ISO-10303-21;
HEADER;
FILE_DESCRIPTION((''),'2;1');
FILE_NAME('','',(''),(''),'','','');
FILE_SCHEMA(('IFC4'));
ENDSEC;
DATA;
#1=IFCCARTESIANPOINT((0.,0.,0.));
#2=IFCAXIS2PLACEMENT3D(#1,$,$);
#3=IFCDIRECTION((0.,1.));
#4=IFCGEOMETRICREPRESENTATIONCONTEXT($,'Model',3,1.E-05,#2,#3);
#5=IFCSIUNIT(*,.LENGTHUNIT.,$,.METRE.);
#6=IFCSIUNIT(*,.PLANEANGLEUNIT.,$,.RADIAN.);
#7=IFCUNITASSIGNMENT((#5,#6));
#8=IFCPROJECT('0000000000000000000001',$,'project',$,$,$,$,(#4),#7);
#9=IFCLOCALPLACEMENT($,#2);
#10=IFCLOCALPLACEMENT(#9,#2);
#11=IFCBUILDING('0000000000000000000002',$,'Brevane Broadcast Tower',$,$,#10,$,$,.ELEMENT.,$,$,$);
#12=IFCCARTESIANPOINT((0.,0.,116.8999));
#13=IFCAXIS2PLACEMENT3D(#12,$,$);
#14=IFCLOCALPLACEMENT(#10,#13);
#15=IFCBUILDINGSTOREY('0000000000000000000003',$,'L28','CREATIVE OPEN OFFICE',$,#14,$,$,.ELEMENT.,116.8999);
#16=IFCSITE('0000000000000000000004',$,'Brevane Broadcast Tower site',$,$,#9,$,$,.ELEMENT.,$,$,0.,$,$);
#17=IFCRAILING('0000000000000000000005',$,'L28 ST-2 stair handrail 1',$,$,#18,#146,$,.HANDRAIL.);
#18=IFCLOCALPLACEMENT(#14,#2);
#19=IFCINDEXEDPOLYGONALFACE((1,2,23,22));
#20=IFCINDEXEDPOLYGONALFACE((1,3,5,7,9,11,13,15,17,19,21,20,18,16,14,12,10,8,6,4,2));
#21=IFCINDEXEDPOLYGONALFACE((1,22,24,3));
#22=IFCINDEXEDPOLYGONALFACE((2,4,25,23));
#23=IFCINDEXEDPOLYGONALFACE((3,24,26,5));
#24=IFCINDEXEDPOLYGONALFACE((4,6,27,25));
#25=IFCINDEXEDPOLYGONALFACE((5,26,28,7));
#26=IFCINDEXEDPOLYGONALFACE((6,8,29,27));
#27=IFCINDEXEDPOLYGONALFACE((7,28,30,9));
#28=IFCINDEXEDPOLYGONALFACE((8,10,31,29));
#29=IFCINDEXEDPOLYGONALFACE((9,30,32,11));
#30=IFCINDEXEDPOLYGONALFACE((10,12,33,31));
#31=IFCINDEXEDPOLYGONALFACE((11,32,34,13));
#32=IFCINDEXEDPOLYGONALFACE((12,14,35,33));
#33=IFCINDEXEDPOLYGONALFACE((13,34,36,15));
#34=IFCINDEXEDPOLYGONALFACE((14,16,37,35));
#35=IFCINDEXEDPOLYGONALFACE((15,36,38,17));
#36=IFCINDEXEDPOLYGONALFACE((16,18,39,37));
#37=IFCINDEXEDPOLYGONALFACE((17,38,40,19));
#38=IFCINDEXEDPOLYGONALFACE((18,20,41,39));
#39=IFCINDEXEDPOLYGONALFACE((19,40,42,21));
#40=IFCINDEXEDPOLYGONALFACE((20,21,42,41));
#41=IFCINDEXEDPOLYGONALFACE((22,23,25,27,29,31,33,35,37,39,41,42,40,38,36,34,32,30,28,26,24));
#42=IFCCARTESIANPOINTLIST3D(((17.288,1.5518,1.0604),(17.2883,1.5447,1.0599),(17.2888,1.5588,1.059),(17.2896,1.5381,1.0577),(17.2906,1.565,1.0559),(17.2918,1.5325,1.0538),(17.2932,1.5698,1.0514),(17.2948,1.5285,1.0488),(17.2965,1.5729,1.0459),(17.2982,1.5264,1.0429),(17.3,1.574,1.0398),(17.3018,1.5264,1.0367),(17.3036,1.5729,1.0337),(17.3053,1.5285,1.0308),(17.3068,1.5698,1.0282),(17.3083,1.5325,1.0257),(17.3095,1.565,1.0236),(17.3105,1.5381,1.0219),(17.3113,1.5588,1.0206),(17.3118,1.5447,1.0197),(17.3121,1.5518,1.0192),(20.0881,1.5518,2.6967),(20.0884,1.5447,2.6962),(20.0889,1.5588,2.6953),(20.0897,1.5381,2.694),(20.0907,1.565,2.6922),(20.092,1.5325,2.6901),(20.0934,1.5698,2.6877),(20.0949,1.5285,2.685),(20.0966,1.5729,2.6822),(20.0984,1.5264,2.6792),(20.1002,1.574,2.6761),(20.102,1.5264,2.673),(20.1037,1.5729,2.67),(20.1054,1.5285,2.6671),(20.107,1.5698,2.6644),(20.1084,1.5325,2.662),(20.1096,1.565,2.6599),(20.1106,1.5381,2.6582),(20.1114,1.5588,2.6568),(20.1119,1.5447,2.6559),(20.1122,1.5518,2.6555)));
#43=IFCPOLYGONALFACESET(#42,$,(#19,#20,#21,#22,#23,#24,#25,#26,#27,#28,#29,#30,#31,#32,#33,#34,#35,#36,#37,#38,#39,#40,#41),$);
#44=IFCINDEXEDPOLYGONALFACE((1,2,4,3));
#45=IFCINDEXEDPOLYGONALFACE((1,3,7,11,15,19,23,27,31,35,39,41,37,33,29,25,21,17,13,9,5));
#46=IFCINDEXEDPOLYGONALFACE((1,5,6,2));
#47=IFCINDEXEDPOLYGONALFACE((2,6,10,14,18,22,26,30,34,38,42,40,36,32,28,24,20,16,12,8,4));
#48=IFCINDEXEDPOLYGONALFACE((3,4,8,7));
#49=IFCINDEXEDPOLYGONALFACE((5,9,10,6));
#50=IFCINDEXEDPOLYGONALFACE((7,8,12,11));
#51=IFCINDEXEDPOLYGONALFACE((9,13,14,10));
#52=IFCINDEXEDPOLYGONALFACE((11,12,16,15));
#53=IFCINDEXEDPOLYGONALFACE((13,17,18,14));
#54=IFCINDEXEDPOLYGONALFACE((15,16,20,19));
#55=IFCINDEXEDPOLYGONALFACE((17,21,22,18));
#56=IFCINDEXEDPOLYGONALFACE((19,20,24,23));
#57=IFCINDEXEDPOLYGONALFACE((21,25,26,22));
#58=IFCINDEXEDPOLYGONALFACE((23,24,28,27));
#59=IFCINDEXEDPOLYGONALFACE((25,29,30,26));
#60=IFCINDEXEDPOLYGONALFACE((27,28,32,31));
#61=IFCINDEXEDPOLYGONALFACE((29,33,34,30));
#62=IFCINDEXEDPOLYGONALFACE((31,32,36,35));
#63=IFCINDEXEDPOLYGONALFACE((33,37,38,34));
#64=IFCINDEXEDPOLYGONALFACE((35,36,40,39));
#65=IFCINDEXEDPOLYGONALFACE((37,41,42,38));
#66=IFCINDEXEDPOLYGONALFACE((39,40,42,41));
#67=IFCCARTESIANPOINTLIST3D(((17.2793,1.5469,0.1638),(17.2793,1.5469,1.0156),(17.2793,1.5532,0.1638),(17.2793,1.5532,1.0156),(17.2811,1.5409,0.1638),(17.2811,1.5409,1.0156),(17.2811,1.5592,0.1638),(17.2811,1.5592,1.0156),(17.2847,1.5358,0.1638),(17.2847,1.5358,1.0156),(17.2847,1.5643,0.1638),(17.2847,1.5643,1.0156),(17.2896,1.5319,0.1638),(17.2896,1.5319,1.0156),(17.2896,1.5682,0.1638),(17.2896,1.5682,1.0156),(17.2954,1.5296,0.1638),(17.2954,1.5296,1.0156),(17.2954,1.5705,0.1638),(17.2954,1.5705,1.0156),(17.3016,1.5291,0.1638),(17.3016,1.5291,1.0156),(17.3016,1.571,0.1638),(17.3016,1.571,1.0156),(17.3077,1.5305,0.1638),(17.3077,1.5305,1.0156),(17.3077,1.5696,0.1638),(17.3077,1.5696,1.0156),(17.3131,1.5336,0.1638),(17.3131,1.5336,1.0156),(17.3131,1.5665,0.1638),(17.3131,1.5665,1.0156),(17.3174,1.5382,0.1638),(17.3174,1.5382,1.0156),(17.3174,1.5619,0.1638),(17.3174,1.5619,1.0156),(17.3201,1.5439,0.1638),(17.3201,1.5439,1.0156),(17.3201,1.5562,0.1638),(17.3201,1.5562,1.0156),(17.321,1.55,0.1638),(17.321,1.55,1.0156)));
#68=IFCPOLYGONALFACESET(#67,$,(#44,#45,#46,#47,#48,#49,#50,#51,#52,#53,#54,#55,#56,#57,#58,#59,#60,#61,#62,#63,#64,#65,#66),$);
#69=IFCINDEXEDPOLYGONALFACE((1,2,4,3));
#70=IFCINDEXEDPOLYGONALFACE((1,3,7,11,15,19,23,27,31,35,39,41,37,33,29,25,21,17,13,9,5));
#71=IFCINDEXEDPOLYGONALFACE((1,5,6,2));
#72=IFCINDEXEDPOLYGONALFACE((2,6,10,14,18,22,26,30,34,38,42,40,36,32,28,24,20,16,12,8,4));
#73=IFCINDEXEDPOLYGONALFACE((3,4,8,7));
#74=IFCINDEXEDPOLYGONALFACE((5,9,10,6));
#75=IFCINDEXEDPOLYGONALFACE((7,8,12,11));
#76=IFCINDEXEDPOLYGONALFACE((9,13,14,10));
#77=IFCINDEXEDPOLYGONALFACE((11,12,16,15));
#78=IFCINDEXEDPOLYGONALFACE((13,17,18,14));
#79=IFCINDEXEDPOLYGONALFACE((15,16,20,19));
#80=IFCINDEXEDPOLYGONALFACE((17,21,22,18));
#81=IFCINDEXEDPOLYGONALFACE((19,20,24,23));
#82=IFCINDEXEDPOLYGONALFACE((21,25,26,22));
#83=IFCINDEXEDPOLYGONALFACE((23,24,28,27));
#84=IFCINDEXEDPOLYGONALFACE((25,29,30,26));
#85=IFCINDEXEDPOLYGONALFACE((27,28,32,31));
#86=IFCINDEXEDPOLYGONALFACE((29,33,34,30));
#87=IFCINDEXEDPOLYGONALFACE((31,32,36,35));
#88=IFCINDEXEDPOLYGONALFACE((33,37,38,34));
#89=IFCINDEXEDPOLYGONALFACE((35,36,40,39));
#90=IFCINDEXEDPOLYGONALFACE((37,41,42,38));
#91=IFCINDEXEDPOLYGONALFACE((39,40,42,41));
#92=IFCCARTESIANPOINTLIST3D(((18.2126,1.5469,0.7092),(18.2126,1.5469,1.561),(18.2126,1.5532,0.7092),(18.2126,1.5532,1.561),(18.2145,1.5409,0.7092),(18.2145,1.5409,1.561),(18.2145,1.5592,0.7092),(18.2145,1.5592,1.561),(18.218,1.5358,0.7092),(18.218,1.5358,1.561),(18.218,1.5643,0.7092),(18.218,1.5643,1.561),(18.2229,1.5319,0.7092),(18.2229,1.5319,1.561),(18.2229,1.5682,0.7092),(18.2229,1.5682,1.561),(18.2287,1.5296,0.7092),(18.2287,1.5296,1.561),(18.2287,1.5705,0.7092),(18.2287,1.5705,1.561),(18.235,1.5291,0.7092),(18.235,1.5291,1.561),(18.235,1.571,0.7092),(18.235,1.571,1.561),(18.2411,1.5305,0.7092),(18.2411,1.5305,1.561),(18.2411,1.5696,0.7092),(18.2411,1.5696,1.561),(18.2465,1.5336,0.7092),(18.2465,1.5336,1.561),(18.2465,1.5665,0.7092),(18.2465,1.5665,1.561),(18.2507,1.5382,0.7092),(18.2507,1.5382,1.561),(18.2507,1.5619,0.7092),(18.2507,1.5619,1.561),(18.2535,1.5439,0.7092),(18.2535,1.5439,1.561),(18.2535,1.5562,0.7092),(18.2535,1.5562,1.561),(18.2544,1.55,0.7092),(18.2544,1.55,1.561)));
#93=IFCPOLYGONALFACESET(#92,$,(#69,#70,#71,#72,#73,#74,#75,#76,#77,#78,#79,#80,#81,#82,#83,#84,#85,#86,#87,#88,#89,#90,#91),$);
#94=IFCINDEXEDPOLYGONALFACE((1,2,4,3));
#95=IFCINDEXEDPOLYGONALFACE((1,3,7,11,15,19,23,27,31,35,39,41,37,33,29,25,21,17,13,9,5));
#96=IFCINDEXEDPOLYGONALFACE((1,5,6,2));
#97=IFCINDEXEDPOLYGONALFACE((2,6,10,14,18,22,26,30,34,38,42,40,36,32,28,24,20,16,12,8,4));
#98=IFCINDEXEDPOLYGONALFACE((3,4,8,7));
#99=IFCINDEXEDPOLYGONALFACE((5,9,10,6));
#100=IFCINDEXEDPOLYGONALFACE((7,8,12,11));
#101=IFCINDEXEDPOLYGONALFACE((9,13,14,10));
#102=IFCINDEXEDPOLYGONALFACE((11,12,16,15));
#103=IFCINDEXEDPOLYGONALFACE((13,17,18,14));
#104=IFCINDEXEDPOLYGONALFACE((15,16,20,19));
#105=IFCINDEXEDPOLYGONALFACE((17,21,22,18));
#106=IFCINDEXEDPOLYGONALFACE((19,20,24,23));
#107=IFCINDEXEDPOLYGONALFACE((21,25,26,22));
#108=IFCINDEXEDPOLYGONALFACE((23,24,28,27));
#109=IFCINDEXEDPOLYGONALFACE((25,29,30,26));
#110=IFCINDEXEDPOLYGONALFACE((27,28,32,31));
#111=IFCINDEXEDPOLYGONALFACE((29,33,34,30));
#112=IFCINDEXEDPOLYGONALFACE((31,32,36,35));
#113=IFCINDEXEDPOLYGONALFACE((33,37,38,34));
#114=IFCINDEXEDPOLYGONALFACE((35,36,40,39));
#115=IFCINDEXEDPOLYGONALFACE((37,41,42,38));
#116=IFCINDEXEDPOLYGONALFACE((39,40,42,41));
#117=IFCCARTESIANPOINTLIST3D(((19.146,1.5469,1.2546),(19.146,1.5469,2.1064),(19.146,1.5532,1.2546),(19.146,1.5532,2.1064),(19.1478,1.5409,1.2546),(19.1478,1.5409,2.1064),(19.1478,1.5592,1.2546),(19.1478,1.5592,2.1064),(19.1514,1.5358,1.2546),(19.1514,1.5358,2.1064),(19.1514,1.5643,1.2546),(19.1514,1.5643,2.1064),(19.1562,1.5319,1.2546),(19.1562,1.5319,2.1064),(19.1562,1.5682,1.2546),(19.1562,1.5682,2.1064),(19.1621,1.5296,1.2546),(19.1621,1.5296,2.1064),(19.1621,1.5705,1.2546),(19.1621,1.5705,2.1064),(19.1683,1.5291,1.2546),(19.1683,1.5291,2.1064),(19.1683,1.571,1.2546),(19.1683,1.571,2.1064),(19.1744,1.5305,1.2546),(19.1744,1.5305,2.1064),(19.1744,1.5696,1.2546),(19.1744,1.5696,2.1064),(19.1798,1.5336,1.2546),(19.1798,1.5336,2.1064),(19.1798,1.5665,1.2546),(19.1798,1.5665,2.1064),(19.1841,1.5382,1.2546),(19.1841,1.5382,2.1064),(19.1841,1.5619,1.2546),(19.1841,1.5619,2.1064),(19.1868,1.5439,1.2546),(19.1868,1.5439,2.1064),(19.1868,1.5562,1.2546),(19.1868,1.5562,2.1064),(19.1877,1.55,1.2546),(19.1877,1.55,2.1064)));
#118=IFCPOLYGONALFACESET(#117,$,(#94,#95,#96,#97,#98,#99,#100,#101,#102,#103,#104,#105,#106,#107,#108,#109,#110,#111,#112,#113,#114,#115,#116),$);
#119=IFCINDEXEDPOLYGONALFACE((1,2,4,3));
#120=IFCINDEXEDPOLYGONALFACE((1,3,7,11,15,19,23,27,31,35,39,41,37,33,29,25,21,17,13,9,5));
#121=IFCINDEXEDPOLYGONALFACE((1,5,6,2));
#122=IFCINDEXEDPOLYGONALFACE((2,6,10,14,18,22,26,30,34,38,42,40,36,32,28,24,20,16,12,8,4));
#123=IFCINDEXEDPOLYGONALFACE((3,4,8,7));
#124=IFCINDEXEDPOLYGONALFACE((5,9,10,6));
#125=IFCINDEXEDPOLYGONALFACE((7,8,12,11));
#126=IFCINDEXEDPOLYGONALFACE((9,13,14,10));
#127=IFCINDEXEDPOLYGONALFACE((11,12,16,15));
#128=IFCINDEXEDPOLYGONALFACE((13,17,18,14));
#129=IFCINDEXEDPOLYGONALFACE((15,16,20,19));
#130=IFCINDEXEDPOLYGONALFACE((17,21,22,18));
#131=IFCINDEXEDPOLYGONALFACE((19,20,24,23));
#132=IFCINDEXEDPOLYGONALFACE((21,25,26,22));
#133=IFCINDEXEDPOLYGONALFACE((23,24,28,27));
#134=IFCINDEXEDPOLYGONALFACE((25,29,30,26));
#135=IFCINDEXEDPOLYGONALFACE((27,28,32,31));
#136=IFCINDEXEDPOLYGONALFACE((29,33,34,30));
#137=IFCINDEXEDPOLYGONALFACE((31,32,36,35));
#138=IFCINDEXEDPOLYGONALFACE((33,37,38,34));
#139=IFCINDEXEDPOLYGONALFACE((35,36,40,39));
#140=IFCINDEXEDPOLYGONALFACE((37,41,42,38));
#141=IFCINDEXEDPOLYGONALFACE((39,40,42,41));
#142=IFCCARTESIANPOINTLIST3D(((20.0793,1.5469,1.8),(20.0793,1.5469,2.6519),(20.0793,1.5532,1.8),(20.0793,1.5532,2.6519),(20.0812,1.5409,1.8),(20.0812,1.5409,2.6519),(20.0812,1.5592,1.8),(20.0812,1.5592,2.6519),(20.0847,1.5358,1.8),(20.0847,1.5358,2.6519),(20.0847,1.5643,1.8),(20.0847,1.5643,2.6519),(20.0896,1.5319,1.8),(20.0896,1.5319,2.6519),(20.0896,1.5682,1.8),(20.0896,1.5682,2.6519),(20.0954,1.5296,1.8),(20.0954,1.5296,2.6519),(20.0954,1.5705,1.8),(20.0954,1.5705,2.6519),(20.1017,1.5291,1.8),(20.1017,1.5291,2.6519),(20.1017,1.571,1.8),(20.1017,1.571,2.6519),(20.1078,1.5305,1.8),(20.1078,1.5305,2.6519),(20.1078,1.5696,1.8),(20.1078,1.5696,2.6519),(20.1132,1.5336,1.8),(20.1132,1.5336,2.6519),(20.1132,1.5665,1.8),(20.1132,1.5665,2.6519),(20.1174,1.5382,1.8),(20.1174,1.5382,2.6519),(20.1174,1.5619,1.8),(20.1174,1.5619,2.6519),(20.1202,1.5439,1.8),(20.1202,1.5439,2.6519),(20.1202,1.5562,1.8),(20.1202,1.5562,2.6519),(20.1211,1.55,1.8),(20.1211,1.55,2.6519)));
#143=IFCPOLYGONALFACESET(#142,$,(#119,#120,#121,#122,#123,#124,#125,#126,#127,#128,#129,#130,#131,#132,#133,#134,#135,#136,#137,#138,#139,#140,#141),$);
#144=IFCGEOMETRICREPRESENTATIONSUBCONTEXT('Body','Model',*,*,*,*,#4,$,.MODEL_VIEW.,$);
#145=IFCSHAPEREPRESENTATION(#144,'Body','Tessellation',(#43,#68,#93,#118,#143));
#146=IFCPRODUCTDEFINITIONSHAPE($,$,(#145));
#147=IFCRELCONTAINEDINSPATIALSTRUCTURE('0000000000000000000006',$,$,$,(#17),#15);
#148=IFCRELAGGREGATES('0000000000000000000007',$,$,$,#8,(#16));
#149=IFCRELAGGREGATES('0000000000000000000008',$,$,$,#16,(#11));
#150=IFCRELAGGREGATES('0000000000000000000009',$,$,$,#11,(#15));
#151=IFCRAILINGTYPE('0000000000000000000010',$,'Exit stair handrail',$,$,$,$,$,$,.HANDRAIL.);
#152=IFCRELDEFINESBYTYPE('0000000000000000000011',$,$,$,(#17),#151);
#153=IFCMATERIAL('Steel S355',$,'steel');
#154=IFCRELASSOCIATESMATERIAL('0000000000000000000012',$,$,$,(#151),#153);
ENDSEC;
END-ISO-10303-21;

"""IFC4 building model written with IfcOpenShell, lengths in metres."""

from ifc_helpers import new_model, si_unit, direction, frame, origin, origin_2d, place, context, subcontext, project, spatial, circle, extrude, material, type_object, element, save


model = new_model("IFC4")

# Units and contexts
model_context = context("Model", 3, precision=1e-05, world=origin(), true_north=direction((0.0, 1.0)))
body_context = subcontext(model_context, "Body", "Model", "MODEL_VIEW")
ifc_project = project(units=[si_unit("LENGTHUNIT", "METRE"), si_unit("PLANEANGLEUNIT", "RADIAN")], contexts=[model_context])

# Site, building, storey
site_placement = place(None, origin())
site = spatial("IfcSite", under=ifc_project, at=site_placement, Name="Brevane Broadcast Tower site", CompositionType="ELEMENT", RefElevation=0.0)
building_placement = place(site_placement, origin())
building = spatial("IfcBuilding", under=site, at=building_placement, Name="Brevane Broadcast Tower", CompositionType="ELEMENT")
storey_placement = place(building_placement, frame((0.0, 0.0, 116.8999)))
storey = spatial("IfcBuildingStorey", under=building, at=storey_placement, Name="L28", Description="CREATIVE OPEN OFFICE", CompositionType="ELEMENT", Elevation=116.8999)

# Railing
ifc_material_1 = material(Name="Steel S355", Category="steel")
railing_type_1 = type_object("IfcRailingType", Name="Exit stair handrail", PredefinedType="HANDRAIL", material=ifc_material_1)
railing_1_placement = place(storey_placement, frame((17.3, 1.55, 0.1638)))
element("IfcRailing", 1, at=railing_1_placement, inside=storey, type_object=railing_type_1, Name="L28 ST-2 stair handrail 1", PredefinedType="HANDRAIL", context=body_context, shape_type="SweptSolid", body=[
    extrude(circle(Radius=0.0239, at=origin_2d()), frame((0.0, 0.0, 0.876), z_axis=(0.863394, 0.0, 0.504531), x_axis=(0.0, 1.0, 0.0)), (0.0, 0.0, 1.0), 3.2432),
    extrude(circle(Radius=0.021, at=origin_2d()), origin(), (0.0, 0.0, 1.0), 0.8518),
    extrude(circle(Radius=0.021, at=origin_2d()), frame((0.9333, 0.0, 0.5454)), (0.0, 0.0, 1.0), 0.8518),
    extrude(circle(Radius=0.021, at=origin_2d()), frame((1.8667, 0.0, 1.0908)), (0.0, 0.0, 1.0), 0.8518),
    extrude(circle(Radius=0.021, at=origin_2d()), frame((2.8, 0.0, 1.6362)), (0.0, 0.0, 1.0), 0.8518),
])

save(model, "model.ifc")
